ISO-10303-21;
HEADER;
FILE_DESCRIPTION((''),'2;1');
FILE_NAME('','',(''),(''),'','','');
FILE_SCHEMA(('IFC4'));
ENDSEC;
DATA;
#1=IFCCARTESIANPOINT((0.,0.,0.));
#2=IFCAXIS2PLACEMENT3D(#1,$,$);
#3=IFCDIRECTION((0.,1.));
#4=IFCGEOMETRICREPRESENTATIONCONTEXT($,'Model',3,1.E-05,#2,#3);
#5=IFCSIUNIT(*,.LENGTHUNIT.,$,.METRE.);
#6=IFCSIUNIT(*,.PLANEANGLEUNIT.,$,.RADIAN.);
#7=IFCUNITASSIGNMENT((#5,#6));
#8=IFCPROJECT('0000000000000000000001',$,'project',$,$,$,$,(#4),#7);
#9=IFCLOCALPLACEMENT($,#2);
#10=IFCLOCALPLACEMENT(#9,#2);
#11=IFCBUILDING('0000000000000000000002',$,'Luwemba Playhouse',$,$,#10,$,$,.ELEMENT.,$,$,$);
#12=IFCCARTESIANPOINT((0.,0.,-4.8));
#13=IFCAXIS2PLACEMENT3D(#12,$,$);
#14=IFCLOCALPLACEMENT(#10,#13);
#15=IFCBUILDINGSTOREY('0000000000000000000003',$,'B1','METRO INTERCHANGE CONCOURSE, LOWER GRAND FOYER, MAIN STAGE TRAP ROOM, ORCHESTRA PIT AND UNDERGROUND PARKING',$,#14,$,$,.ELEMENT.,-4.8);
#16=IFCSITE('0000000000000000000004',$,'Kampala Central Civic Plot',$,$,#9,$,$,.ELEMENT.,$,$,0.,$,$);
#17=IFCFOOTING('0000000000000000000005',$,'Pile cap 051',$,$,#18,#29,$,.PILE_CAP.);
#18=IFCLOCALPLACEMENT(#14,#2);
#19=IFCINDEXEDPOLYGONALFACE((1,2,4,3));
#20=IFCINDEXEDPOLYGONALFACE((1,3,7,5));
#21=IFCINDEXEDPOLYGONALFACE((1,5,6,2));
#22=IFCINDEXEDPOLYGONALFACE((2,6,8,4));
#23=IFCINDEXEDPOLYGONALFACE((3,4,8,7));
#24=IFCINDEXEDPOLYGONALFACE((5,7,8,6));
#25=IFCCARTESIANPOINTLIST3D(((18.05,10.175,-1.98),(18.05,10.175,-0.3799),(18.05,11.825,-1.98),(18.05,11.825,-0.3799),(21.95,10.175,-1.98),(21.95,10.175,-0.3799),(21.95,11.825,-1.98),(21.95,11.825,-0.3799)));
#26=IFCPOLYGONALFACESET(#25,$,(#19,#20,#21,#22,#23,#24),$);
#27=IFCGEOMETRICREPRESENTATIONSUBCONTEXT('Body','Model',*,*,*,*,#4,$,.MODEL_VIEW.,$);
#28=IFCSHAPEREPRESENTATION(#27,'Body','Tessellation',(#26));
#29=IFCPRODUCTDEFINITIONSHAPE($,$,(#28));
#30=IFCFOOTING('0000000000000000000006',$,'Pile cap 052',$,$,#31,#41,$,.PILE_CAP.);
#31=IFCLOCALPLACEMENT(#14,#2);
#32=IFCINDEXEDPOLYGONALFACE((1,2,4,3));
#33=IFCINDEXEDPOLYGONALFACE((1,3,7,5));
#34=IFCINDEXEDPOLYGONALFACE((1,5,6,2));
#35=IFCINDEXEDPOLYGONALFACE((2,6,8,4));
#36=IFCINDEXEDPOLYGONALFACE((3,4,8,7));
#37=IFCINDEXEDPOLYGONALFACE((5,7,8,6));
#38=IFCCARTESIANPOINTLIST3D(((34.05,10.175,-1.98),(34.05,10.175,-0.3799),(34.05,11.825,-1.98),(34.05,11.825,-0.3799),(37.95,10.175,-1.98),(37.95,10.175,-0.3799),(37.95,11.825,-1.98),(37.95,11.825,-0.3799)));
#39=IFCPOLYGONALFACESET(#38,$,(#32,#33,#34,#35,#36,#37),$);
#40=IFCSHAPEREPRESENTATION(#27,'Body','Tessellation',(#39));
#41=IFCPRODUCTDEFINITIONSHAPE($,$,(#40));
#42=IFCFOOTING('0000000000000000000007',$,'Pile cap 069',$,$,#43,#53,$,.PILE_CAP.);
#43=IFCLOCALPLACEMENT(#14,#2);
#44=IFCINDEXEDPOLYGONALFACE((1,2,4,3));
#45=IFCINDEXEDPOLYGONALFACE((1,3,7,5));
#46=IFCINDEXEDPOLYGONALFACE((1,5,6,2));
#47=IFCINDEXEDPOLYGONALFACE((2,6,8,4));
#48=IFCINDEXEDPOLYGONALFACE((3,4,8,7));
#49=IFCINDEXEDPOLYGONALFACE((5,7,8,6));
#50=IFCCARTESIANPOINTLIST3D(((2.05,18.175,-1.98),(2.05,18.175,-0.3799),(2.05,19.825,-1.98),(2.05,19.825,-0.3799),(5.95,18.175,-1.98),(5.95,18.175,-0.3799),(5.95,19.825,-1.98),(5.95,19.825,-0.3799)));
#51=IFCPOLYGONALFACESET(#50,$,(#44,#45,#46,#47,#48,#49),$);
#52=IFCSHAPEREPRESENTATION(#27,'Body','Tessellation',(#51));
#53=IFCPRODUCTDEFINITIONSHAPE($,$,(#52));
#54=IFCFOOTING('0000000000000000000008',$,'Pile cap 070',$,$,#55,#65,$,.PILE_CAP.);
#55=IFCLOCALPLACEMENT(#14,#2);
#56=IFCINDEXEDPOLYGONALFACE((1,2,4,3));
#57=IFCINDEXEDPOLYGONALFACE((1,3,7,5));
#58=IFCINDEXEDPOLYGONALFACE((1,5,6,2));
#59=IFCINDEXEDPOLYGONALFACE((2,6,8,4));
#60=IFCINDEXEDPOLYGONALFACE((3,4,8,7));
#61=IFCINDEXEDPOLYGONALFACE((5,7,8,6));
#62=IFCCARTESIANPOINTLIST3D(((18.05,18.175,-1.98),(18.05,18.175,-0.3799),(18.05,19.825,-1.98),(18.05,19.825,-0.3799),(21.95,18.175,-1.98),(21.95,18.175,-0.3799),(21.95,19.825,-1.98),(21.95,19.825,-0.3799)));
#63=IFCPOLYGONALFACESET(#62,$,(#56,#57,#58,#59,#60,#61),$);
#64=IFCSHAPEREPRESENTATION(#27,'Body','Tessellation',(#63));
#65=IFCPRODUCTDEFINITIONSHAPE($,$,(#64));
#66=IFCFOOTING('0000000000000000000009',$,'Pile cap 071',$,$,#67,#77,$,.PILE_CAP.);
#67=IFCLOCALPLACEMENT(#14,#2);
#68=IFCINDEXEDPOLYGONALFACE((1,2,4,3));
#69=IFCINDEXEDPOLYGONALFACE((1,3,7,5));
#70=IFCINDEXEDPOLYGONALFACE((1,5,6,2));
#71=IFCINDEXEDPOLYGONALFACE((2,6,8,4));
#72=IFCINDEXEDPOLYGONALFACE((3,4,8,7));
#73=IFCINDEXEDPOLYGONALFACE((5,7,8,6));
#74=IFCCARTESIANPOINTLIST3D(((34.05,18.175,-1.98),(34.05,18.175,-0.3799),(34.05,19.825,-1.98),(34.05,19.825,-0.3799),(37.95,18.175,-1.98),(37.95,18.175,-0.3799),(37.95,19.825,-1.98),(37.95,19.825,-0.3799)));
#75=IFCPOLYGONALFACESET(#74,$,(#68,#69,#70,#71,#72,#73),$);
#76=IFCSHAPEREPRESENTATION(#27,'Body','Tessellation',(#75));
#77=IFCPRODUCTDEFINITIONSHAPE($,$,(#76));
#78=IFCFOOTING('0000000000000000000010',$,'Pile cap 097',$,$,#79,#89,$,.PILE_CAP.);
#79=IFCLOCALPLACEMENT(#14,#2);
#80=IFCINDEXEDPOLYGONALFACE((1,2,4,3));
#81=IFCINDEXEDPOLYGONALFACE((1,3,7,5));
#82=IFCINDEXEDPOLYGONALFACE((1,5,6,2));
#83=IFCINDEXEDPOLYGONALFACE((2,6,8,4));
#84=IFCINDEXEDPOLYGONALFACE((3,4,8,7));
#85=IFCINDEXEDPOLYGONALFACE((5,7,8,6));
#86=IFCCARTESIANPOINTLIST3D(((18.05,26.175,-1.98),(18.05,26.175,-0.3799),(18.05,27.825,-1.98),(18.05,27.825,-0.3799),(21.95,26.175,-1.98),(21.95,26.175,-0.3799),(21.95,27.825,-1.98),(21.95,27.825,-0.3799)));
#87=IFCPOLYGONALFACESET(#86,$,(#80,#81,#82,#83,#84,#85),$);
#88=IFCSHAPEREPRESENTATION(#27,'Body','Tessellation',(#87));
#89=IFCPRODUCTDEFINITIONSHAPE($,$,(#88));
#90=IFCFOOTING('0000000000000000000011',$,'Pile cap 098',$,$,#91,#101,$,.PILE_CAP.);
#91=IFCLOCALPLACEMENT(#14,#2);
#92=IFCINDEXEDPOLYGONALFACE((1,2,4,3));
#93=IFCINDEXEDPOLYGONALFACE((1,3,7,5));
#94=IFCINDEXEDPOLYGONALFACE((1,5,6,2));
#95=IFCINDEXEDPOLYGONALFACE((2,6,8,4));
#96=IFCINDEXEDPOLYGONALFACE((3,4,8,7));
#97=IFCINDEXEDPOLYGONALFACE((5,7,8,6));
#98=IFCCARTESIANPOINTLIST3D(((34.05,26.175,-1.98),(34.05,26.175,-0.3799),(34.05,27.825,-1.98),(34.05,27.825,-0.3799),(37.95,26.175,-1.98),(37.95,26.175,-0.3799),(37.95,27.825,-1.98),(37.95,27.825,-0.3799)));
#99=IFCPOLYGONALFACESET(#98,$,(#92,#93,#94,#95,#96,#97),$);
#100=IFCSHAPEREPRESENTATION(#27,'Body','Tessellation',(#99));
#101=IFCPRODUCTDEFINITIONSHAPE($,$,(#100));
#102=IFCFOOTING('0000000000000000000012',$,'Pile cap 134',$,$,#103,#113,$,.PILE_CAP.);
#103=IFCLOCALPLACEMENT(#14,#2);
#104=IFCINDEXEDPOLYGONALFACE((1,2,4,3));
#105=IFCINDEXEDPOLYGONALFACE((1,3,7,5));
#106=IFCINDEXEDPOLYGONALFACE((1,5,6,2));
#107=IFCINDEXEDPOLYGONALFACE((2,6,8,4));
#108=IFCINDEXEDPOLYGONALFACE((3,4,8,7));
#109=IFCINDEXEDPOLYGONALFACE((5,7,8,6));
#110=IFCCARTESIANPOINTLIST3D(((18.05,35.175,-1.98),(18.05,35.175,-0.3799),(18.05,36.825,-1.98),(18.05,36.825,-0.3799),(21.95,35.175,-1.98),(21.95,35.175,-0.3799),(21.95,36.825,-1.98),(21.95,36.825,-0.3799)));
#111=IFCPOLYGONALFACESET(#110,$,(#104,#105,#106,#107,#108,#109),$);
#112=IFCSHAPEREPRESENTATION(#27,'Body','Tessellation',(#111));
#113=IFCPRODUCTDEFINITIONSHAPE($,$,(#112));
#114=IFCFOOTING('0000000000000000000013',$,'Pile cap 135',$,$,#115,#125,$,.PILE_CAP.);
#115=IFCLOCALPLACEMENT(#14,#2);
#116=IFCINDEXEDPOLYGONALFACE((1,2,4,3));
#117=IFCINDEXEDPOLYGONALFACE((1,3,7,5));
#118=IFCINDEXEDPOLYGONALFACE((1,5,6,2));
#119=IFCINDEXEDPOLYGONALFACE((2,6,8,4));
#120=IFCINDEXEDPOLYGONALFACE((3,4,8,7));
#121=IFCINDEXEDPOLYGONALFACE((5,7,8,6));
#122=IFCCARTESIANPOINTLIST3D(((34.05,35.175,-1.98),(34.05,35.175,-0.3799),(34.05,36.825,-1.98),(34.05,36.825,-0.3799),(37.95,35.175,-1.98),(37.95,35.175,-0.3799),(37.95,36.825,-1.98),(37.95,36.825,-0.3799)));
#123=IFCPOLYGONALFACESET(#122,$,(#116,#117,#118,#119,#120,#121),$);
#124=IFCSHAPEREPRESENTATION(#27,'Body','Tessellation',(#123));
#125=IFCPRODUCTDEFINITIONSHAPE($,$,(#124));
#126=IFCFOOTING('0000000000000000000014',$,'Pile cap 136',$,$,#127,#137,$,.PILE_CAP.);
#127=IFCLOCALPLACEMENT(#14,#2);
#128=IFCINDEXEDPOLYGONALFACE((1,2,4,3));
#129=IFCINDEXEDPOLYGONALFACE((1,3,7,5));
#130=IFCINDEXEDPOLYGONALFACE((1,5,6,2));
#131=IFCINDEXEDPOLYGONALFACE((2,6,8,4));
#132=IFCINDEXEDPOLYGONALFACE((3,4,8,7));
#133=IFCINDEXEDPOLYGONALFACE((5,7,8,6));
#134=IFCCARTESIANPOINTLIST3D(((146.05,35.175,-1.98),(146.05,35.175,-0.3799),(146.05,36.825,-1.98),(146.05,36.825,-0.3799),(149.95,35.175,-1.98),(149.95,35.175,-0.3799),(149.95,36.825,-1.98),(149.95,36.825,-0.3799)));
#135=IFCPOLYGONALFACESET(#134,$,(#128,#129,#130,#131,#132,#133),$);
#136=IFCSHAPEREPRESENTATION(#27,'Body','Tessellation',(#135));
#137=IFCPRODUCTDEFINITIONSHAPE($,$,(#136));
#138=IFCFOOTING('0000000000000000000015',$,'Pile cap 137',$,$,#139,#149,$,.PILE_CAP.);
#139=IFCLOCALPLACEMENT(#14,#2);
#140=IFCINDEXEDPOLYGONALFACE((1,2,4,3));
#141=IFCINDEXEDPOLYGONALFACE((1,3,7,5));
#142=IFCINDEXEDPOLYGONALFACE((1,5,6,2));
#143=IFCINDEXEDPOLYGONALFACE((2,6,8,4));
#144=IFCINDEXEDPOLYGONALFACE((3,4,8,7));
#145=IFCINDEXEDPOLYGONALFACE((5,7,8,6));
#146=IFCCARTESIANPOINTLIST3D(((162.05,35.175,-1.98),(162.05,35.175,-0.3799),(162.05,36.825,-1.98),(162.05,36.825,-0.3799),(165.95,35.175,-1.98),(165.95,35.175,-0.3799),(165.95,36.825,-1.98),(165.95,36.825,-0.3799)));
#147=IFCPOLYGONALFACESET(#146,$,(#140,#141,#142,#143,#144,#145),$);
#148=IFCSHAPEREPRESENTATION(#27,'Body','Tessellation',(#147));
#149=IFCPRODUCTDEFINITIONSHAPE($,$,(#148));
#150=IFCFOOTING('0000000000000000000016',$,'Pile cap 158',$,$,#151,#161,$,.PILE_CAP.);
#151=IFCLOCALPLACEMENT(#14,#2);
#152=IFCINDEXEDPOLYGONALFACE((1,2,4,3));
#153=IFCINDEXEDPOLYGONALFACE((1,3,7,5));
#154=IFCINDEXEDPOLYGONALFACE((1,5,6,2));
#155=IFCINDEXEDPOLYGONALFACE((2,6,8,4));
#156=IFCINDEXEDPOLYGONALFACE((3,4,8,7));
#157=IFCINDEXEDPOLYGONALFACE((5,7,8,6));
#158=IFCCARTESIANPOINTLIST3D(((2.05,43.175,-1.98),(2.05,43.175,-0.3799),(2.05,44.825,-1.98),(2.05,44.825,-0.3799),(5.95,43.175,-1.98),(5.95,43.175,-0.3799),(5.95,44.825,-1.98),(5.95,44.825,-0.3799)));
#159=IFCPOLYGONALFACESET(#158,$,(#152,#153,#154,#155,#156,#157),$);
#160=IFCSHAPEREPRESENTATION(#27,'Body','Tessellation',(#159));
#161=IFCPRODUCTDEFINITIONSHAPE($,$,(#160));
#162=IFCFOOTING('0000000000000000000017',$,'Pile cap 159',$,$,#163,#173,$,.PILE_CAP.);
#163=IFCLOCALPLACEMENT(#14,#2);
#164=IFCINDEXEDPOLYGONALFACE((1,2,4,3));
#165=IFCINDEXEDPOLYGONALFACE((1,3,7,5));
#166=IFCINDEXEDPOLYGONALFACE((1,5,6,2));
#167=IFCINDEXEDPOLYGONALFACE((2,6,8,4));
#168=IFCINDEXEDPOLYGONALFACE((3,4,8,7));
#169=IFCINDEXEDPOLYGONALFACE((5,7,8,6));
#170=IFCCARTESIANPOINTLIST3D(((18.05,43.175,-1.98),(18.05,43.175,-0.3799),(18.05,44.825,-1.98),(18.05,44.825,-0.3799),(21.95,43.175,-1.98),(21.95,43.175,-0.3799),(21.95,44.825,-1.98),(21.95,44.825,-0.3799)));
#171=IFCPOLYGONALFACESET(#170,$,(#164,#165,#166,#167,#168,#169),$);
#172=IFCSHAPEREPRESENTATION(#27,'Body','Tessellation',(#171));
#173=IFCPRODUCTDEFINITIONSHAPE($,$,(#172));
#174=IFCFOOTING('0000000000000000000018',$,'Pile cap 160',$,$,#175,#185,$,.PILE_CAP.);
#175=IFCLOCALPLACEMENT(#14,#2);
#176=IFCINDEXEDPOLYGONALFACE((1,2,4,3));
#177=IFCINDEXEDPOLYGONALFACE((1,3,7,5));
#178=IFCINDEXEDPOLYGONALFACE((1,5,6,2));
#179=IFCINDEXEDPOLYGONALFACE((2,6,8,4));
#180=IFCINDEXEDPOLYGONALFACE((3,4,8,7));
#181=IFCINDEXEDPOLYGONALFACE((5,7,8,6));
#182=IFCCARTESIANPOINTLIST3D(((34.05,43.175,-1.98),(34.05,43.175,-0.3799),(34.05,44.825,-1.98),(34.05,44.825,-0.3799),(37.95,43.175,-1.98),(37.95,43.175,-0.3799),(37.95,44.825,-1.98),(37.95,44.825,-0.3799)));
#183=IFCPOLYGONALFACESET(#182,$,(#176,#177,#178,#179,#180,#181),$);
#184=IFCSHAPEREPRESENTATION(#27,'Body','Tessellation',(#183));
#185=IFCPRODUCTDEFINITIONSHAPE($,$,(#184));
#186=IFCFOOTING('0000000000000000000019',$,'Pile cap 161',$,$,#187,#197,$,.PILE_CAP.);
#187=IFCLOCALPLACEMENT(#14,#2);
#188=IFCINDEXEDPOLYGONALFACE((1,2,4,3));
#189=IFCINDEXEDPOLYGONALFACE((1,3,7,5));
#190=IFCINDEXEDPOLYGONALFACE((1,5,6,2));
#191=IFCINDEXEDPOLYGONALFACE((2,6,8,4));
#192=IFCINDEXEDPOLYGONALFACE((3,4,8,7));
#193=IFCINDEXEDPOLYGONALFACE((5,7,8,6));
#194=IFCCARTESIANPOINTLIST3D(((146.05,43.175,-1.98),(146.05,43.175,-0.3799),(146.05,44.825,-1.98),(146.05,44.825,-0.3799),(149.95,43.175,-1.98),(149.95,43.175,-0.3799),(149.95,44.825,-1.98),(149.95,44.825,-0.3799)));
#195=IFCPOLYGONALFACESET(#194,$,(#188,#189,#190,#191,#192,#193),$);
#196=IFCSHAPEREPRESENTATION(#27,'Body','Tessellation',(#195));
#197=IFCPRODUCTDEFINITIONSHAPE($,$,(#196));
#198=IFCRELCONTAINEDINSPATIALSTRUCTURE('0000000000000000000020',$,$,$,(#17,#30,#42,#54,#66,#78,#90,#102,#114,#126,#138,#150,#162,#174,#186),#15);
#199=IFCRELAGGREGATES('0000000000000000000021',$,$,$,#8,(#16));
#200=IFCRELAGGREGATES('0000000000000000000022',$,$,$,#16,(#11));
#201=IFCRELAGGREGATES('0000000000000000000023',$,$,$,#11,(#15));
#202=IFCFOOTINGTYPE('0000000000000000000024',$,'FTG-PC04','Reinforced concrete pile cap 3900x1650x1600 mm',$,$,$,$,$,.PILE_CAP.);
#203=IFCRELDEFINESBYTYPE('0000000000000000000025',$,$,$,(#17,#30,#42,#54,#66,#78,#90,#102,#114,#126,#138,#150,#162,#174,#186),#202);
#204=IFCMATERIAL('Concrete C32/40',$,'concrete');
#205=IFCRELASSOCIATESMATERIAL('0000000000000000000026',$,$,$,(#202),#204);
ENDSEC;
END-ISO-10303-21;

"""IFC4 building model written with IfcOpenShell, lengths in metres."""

from ifc_helpers import new_model, si_unit, direction, frame, origin, place, context, subcontext, project, spatial, polyline, outline, extrude, material, type_object, element, save


model = new_model("IFC4")

# Units and contexts
model_context = context("Model", 3, precision=1e-05, world=origin(), true_north=direction((0.0, 1.0)))
body_context = subcontext(model_context, "Body", "Model", "MODEL_VIEW")
ifc_project = project(units=[si_unit("LENGTHUNIT", "METRE"), si_unit("PLANEANGLEUNIT", "RADIAN")], contexts=[model_context])

# Site, building, storey
site_placement = place(None, origin())
site = spatial("IfcSite", under=ifc_project, at=site_placement, Name="Kampala Central Civic Plot", CompositionType="ELEMENT", RefElevation=0.0)
building_placement = place(site_placement, origin())
building = spatial("IfcBuilding", under=site, at=building_placement, Name="Luwemba Playhouse", CompositionType="ELEMENT")
storey_placement = place(building_placement, frame((0.0, 0.0, -4.8)))
storey = spatial("IfcBuildingStorey", under=building, at=storey_placement, Name="B1", Description="METRO INTERCHANGE CONCOURSE, LOWER GRAND FOYER, MAIN STAGE TRAP ROOM, ORCHESTRA PIT AND UNDERGROUND PARKING", CompositionType="ELEMENT", Elevation=-4.8)

# Footings
ifc_material = material(Name="Concrete C32/40", Category="concrete")
footing_type_1 = type_object("IfcFootingType", Name="FTG-PC04", Description="Reinforced concrete pile cap 3900x1650x1600 mm", PredefinedType="PILE_CAP", material=ifc_material)
footing_1_placement = place(storey_placement, frame((0.0, 0.0, -1.98)))
element("IfcFooting", 1, at=footing_1_placement, inside=storey, type_object=footing_type_1, Name="Pile cap 051", PredefinedType="PILE_CAP", context=body_context, shape_type="SweptSolid", body=[
    extrude(outline(polyline([(18.05, 10.175), (21.95, 10.175), (21.95, 11.825), (18.05, 11.825), (18.05, 10.175)])), origin(), (0.0, 0.0, 1.0), 1.6001),
])
footing_2_placement = place(storey_placement, frame((0.0, 0.0, -1.98)))
element("IfcFooting", 2, at=footing_2_placement, inside=storey, type_object=footing_type_1, Name="Pile cap 052", PredefinedType="PILE_CAP", context=body_context, shape_type="SweptSolid", body=[
    extrude(outline(polyline([(34.05, 10.175), (37.95, 10.175), (37.95, 11.825), (34.05, 11.825), (34.05, 10.175)])), origin(), (0.0, 0.0, 1.0), 1.6001),
])
footing_3_placement = place(storey_placement, frame((0.0, 0.0, -1.98)))
element("IfcFooting", 3, at=footing_3_placement, inside=storey, type_object=footing_type_1, Name="Pile cap 069", PredefinedType="PILE_CAP", context=body_context, shape_type="SweptSolid", body=[
    extrude(outline(polyline([(2.05, 18.175), (5.95, 18.175), (5.95, 19.825), (2.05, 19.825), (2.05, 18.175)])), origin(), (0.0, 0.0, 1.0), 1.6001),
])
footing_4_placement = place(storey_placement, frame((0.0, 0.0, -1.98)))
element("IfcFooting", 4, at=footing_4_placement, inside=storey, type_object=footing_type_1, Name="Pile cap 070", PredefinedType="PILE_CAP", context=body_context, shape_type="SweptSolid", body=[
    extrude(outline(polyline([(18.05, 18.175), (21.95, 18.175), (21.95, 19.825), (18.05, 19.825), (18.05, 18.175)])), origin(), (0.0, 0.0, 1.0), 1.6001),
])
footing_5_placement = place(storey_placement, frame((0.0, 0.0, -1.98)))
element("IfcFooting", 5, at=footing_5_placement, inside=storey, type_object=footing_type_1, Name="Pile cap 071", PredefinedType="PILE_CAP", context=body_context, shape_type="SweptSolid", body=[
    extrude(outline(polyline([(34.05, 18.175), (37.95, 18.175), (37.95, 19.825), (34.05, 19.825), (34.05, 18.175)])), origin(), (0.0, 0.0, 1.0), 1.6001),
])
footing_6_placement = place(storey_placement, frame((0.0, 0.0, -1.98)))
element("IfcFooting", 6, at=footing_6_placement, inside=storey, type_object=footing_type_1, Name="Pile cap 097", PredefinedType="PILE_CAP", context=body_context, shape_type="SweptSolid", body=[
    extrude(outline(polyline([(18.05, 26.175), (21.95, 26.175), (21.95, 27.825), (18.05, 27.825), (18.05, 26.175)])), origin(), (0.0, 0.0, 1.0), 1.6001),
])
footing_7_placement = place(storey_placement, frame((0.0, 0.0, -1.98)))
element("IfcFooting", 7, at=footing_7_placement, inside=storey, type_object=footing_type_1, Name="Pile cap 098", PredefinedType="PILE_CAP", context=body_context, shape_type="SweptSolid", body=[
    extrude(outline(polyline([(34.05, 26.175), (37.95, 26.175), (37.95, 27.825), (34.05, 27.825), (34.05, 26.175)])), origin(), (0.0, 0.0, 1.0), 1.6001),
])
footing_8_placement = place(storey_placement, frame((0.0, 0.0, -1.98)))
element("IfcFooting", 8, at=footing_8_placement, inside=storey, type_object=footing_type_1, Name="Pile cap 134", PredefinedType="PILE_CAP", context=body_context, shape_type="SweptSolid", body=[
    extrude(outline(polyline([(18.05, 35.175), (21.95, 35.175), (21.95, 36.825), (18.05, 36.825), (18.05, 35.175)])), origin(), (0.0, 0.0, 1.0), 1.6001),
])
footing_9_placement = place(storey_placement, frame((0.0, 0.0, -1.98)))
element("IfcFooting", 9, at=footing_9_placement, inside=storey, type_object=footing_type_1, Name="Pile cap 135", PredefinedType="PILE_CAP", context=body_context, shape_type="SweptSolid", body=[
    extrude(outline(polyline([(34.05, 35.175), (37.95, 35.175), (37.95, 36.825), (34.05, 36.825), (34.05, 35.175)])), origin(), (0.0, 0.0, 1.0), 1.6001),
])
footing_10_placement = place(storey_placement, frame((0.0, 0.0, -1.98)))
element("IfcFooting", 10, at=footing_10_placement, inside=storey, type_object=footing_type_1, Name="Pile cap 136", PredefinedType="PILE_CAP", context=body_context, shape_type="SweptSolid", body=[
    extrude(outline(polyline([(146.05, 35.175), (149.95, 35.175), (149.95, 36.825), (146.05, 36.825), (146.05, 35.175)])), origin(), (0.0, 0.0, 1.0), 1.6001),
])
footing_11_placement = place(storey_placement, frame((0.0, 0.0, -1.98)))
element("IfcFooting", 11, at=footing_11_placement, inside=storey, type_object=footing_type_1, Name="Pile cap 137", PredefinedType="PILE_CAP", context=body_context, shape_type="SweptSolid", body=[
    extrude(outline(polyline([(162.05, 35.175), (165.95, 35.175), (165.95, 36.825), (162.05, 36.825), (162.05, 35.175)])), origin(), (0.0, 0.0, 1.0), 1.6001),
])
footing_12_placement = place(storey_placement, frame((0.0, 0.0, -1.98)))
element("IfcFooting", 12, at=footing_12_placement, inside=storey, type_object=footing_type_1, Name="Pile cap 158", PredefinedType="PILE_CAP", context=body_context, shape_type="SweptSolid", body=[
    extrude(outline(polyline([(2.05, 43.175), (5.95, 43.175), (5.95, 44.825), (2.05, 44.825), (2.05, 43.175)])), origin(), (0.0, 0.0, 1.0), 1.6001),
])
footing_13_placement = place(storey_placement, frame((0.0, 0.0, -1.98)))
element("IfcFooting", 13, at=footing_13_placement, inside=storey, type_object=footing_type_1, Name="Pile cap 159", PredefinedType="PILE_CAP", context=body_context, shape_type="SweptSolid", body=[
    extrude(outline(polyline([(18.05, 43.175), (21.95, 43.175), (21.95, 44.825), (18.05, 44.825), (18.05, 43.175)])), origin(), (0.0, 0.0, 1.0), 1.6001),
])
footing_14_placement = place(storey_placement, frame((0.0, 0.0, -1.98)))
element("IfcFooting", 14, at=footing_14_placement, inside=storey, type_object=footing_type_1, Name="Pile cap 160", PredefinedType="PILE_CAP", context=body_context, shape_type="SweptSolid", body=[
    extrude(outline(polyline([(34.05, 43.175), (37.95, 43.175), (37.95, 44.825), (34.05, 44.825), (34.05, 43.175)])), origin(), (0.0, 0.0, 1.0), 1.6001),
])
footing_15_placement = place(storey_placement, frame((0.0, 0.0, -1.98)))
element("IfcFooting", 15, at=footing_15_placement, inside=storey, type_object=footing_type_1, Name="Pile cap 161", PredefinedType="PILE_CAP", context=body_context, shape_type="SweptSolid", body=[
    extrude(outline(polyline([(146.05, 43.175), (149.95, 43.175), (149.95, 44.825), (146.05, 44.825), (146.05, 43.175)])), origin(), (0.0, 0.0, 1.0), 1.6001),
])

save(model, "model.ifc")
